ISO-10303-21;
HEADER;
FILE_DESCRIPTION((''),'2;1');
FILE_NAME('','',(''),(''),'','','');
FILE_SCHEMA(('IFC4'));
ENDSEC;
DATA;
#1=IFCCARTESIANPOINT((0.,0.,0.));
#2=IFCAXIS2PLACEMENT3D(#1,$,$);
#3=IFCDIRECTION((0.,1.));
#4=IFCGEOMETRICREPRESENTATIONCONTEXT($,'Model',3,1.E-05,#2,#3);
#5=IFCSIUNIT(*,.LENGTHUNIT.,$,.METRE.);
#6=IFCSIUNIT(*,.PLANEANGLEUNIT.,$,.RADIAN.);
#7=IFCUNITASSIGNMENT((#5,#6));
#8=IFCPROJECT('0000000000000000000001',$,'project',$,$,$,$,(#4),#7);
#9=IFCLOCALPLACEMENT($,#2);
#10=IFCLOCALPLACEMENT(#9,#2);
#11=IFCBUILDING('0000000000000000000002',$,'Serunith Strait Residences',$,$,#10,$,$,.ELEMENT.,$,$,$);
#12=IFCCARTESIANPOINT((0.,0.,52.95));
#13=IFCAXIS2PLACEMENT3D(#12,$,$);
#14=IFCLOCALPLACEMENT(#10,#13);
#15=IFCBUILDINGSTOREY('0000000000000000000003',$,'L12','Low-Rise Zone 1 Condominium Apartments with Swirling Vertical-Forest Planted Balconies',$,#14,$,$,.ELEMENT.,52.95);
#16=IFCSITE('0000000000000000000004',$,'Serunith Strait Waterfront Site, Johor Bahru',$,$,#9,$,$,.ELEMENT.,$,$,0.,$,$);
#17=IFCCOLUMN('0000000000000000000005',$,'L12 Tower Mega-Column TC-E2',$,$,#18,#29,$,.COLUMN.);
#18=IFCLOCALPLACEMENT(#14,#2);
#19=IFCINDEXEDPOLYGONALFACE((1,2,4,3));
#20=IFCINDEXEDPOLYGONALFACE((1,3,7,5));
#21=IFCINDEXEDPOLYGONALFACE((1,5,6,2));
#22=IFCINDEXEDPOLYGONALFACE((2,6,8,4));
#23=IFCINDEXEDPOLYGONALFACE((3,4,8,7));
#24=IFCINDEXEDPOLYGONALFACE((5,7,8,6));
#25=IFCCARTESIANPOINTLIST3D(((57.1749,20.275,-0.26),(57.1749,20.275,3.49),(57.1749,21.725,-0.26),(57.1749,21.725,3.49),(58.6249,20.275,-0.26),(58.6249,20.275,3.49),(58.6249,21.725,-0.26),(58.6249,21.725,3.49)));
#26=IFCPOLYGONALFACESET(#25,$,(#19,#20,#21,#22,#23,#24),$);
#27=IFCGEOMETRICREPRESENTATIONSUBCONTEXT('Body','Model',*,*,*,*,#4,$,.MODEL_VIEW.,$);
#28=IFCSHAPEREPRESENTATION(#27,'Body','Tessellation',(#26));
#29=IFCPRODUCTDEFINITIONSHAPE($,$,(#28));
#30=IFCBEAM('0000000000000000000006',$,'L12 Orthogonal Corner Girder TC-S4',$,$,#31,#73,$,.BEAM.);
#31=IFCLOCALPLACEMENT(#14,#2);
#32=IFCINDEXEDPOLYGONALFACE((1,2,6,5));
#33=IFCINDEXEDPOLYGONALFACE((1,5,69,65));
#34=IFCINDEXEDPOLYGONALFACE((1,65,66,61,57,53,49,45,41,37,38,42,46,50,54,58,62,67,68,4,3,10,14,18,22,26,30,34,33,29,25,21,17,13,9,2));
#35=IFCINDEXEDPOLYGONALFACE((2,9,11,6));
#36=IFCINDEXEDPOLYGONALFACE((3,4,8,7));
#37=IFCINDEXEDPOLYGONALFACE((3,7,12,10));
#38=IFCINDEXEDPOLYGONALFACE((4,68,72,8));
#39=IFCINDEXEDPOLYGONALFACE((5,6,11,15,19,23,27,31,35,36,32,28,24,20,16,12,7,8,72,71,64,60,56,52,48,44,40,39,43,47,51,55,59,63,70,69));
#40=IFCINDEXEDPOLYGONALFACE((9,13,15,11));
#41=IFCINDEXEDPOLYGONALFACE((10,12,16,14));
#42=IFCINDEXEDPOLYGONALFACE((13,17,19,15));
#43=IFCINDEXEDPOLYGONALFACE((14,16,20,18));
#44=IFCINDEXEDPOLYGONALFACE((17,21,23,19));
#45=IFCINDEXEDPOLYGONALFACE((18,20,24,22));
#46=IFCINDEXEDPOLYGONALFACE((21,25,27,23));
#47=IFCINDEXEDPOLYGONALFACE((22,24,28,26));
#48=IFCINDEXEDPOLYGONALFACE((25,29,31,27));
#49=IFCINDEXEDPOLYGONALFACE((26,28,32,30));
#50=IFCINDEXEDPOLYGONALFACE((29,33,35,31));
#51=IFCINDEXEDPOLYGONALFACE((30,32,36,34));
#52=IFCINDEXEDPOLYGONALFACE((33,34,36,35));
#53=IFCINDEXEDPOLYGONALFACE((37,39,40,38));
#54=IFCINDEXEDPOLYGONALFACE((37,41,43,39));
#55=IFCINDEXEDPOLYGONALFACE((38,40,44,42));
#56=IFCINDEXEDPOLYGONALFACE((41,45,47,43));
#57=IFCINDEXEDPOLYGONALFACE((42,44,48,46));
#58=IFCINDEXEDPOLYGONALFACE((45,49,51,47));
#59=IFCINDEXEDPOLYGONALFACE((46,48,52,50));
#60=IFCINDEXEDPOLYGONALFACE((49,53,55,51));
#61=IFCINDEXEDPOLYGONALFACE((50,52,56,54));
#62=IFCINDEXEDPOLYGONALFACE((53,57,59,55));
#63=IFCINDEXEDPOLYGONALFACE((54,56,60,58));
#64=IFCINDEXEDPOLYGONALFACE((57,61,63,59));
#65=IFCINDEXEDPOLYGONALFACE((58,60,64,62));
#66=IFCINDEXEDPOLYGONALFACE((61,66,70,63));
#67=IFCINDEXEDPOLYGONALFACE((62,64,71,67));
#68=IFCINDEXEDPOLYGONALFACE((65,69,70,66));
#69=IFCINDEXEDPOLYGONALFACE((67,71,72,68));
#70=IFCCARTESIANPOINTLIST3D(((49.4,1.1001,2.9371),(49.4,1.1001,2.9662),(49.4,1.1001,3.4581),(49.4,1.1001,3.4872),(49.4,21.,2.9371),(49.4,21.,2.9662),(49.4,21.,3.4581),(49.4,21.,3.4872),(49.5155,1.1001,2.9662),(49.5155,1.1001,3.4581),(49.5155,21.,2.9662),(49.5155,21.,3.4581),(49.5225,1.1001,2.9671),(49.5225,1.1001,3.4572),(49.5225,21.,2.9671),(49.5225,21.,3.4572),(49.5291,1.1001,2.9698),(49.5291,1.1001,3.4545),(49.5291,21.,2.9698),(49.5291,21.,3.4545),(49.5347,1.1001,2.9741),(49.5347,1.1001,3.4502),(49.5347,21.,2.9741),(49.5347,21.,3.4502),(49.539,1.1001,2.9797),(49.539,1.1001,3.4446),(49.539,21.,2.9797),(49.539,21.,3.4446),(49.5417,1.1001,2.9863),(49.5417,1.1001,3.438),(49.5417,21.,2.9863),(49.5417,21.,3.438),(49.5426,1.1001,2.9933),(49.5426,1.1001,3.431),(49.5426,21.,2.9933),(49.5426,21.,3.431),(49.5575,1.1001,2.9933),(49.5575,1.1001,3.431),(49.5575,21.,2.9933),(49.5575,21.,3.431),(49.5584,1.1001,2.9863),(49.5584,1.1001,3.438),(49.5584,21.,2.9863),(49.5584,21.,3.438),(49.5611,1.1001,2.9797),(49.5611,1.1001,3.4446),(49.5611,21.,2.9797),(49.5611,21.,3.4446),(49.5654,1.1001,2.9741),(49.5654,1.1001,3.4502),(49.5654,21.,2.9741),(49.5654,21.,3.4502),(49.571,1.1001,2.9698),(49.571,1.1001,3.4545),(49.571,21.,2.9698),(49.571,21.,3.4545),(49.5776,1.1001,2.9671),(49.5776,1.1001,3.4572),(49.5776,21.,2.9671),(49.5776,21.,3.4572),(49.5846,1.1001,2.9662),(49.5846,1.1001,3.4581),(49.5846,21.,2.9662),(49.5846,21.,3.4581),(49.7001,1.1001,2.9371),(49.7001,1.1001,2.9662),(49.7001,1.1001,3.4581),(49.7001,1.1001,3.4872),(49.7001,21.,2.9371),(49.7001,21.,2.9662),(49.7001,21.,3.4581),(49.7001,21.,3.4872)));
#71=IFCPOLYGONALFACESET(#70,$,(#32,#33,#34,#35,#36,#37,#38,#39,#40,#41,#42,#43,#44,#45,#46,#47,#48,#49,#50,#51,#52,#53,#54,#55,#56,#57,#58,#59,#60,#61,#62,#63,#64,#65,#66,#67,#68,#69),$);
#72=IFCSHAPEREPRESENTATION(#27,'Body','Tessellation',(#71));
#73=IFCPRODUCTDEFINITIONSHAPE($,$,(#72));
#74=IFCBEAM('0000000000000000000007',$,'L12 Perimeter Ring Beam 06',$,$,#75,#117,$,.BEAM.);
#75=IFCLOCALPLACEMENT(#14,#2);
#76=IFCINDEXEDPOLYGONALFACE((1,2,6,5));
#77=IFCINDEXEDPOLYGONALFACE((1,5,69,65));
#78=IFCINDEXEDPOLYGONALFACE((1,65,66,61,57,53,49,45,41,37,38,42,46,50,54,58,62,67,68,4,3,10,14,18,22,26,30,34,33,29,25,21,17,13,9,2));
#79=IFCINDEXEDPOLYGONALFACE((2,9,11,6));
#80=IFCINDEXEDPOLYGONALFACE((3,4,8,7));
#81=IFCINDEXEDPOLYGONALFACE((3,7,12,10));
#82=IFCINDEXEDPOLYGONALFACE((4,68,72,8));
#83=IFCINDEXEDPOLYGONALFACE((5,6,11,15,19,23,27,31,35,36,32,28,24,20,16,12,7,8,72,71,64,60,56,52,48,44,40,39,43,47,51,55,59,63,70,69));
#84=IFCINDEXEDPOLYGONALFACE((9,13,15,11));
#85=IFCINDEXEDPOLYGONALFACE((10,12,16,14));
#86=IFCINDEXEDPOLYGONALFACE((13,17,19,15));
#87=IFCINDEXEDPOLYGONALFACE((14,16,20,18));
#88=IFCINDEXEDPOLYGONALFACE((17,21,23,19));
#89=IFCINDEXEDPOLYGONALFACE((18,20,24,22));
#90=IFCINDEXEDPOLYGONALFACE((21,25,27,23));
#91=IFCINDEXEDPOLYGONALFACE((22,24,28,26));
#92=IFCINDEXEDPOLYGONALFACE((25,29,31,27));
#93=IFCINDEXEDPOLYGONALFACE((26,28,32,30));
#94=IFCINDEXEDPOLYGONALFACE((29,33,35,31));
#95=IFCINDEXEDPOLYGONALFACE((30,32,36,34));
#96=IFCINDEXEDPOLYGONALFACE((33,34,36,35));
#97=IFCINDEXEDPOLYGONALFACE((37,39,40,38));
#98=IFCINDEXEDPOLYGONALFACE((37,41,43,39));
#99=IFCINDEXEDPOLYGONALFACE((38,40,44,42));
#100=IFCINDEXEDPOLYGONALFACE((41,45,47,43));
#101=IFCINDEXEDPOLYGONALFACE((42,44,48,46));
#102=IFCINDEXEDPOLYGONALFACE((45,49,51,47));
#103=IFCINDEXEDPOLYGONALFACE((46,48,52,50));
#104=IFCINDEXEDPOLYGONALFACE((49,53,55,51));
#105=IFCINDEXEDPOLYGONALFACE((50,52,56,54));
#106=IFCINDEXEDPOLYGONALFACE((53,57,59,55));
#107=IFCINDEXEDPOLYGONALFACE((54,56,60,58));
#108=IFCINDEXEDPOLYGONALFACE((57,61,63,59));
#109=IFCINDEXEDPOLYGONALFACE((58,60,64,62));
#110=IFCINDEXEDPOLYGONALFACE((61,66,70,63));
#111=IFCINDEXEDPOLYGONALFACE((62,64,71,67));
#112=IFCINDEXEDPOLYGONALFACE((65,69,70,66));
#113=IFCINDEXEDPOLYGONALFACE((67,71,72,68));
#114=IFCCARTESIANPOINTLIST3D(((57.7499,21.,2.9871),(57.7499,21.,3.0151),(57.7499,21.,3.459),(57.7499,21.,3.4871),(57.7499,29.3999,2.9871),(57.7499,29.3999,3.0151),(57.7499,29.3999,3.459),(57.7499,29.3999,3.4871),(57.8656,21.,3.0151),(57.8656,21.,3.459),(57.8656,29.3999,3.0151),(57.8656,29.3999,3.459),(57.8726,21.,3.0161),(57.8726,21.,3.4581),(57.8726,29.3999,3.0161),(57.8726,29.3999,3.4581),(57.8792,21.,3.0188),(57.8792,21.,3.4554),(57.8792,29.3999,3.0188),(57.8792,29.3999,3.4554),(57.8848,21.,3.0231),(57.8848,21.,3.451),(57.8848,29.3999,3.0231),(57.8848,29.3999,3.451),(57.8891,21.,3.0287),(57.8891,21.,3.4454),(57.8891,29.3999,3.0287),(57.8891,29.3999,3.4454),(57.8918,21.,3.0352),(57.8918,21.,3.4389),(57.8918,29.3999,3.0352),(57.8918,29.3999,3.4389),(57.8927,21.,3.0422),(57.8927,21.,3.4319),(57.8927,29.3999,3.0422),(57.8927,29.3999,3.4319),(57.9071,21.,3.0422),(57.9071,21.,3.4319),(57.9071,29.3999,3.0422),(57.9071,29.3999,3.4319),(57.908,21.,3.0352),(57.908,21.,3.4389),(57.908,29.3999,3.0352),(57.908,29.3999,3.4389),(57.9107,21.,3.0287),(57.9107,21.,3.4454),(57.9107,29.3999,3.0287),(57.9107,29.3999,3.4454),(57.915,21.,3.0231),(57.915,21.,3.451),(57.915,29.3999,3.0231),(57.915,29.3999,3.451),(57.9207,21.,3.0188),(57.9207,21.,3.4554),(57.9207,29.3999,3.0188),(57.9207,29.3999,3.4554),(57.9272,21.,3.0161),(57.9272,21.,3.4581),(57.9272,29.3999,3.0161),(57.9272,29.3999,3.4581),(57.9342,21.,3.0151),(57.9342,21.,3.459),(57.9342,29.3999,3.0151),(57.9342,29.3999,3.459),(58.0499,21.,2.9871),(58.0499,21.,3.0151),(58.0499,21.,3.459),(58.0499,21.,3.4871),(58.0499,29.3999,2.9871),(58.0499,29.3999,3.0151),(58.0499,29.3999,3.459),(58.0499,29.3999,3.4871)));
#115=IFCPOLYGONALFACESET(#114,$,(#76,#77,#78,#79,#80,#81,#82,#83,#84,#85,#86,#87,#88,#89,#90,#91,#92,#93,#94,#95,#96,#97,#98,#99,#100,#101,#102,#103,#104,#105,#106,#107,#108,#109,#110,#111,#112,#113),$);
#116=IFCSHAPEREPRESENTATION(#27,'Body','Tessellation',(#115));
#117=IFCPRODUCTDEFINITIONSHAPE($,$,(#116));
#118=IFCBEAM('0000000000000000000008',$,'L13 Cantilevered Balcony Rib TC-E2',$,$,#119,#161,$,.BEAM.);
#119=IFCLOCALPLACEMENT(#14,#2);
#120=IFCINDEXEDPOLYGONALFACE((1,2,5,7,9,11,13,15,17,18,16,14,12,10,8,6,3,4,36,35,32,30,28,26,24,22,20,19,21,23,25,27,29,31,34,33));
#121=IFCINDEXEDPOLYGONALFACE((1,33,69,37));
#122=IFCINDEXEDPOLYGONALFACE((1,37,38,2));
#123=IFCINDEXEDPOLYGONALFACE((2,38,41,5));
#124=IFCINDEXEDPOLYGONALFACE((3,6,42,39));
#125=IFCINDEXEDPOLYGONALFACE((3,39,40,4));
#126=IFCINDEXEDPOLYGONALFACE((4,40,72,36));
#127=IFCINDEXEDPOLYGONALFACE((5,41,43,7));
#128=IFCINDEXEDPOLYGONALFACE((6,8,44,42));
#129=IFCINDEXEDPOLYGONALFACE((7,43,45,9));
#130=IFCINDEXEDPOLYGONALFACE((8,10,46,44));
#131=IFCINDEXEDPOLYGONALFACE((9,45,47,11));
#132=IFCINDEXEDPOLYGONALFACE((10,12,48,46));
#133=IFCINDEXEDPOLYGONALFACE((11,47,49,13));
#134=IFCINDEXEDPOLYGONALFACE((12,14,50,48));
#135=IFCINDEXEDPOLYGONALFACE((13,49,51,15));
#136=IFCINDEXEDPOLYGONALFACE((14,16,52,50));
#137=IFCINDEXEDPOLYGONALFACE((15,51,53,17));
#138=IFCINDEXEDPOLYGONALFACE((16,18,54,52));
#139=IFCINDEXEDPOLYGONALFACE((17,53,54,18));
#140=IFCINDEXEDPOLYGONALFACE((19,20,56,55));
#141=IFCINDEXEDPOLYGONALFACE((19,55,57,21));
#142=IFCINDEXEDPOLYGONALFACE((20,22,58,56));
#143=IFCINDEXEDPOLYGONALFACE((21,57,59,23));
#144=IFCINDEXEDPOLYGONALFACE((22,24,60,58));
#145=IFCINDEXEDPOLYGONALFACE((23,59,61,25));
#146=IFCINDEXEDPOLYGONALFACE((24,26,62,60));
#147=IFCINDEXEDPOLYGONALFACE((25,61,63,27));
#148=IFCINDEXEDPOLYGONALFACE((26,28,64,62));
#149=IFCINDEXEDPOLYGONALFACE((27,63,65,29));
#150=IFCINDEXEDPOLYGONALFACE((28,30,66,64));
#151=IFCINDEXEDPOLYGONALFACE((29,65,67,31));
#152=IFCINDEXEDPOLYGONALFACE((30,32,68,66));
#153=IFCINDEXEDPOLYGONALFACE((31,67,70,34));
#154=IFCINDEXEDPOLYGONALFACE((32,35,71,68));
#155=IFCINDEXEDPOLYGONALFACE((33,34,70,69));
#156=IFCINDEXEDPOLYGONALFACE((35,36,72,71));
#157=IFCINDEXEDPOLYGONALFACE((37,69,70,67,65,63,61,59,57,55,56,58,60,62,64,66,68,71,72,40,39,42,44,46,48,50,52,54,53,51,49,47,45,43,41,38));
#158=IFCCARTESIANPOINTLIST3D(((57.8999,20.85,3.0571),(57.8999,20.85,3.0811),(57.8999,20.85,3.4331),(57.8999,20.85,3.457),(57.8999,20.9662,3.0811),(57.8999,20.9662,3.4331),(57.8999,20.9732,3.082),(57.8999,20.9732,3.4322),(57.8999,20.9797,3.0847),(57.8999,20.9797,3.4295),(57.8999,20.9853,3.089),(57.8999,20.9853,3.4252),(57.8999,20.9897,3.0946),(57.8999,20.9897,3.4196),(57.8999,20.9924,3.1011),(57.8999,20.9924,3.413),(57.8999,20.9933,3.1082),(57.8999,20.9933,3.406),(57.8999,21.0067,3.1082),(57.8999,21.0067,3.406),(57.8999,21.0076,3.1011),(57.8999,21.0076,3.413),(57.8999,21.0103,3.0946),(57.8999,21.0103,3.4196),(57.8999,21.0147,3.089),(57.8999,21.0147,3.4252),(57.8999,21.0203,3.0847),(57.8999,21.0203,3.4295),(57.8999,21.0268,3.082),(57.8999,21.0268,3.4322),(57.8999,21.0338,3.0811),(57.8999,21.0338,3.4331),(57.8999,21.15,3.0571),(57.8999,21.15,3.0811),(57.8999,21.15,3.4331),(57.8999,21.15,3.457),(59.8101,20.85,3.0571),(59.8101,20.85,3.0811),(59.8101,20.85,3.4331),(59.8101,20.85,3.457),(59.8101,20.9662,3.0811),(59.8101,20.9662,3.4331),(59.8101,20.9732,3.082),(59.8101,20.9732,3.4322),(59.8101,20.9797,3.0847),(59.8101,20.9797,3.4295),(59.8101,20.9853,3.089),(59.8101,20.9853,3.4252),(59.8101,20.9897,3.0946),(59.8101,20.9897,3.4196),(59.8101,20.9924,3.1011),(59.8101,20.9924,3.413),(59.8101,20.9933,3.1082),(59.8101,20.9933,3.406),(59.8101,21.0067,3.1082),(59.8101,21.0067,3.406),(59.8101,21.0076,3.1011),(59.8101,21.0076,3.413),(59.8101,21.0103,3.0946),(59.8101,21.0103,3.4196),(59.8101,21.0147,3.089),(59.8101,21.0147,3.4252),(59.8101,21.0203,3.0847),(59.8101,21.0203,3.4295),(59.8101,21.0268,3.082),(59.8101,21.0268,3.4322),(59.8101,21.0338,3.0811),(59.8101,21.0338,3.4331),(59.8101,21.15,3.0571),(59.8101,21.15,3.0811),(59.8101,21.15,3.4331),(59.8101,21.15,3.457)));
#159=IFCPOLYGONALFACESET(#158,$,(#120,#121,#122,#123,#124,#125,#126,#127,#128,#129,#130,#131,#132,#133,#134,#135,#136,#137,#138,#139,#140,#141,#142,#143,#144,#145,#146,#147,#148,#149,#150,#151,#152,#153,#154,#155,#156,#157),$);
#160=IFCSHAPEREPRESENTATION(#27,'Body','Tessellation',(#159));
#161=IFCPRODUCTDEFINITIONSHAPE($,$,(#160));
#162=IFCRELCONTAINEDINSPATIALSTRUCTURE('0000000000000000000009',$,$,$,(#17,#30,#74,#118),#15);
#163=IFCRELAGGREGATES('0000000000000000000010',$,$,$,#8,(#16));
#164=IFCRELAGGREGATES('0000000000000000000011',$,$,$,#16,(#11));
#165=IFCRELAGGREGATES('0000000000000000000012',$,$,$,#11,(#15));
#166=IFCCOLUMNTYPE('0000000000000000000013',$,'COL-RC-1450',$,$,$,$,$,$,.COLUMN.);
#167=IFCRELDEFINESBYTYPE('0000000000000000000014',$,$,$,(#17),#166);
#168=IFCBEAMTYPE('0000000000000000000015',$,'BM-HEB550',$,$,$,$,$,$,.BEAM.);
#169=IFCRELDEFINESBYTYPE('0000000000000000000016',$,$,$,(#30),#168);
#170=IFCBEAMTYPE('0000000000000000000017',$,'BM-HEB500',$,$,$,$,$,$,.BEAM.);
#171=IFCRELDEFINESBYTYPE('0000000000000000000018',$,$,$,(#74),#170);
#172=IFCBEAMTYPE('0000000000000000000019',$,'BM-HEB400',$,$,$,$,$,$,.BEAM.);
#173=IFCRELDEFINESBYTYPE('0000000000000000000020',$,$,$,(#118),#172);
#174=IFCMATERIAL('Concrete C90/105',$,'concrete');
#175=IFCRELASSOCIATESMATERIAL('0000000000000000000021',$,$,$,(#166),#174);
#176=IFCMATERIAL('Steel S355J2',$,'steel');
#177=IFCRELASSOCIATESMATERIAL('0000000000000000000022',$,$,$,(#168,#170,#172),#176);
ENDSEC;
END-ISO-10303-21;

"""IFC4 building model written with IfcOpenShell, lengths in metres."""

from ifc_helpers import new_model, si_unit, direction, frame, origin, origin_2d, place, context, subcontext, project, spatial, rectangle, i_section, extrude, source, transform, mapped, material, material_profile, profile_set, type_object, element, save


model = new_model("IFC4")

# Units and contexts
model_context = context("Model", 3, precision=1e-05, world=origin(), true_north=direction((0.0, 1.0)))
body_context = subcontext(model_context, "Body", "Model", "MODEL_VIEW")
ifc_project = project(units=[si_unit("LENGTHUNIT", "METRE"), si_unit("PLANEANGLEUNIT", "RADIAN")], contexts=[model_context])

# Site, building, storey
site_placement = place(None, origin())
site = spatial("IfcSite", under=ifc_project, at=site_placement, Name="Serunith Strait Waterfront Site, Johor Bahru", CompositionType="ELEMENT", RefElevation=0.0)
building_placement = place(site_placement, origin())
building = spatial("IfcBuilding", under=site, at=building_placement, Name="Serunith Strait Residences", CompositionType="ELEMENT")
storey_placement = place(building_placement, frame((0.0, 0.0, 52.95)))
storey = spatial("IfcBuildingStorey", under=building, at=storey_placement, Name="L12", Description="Low-Rise Zone 1 Condominium Apartments with Swirling Vertical-Forest Planted Balconies", CompositionType="ELEMENT", Elevation=52.95)

# Column
ifc_material_1 = material(Name="Concrete C90/105", Category="concrete")
ifc_material_profile_1 = material_profile(ifc_material_1, rectangle(XDim=1.45, YDim=1.45, at=origin_2d()), Name="RC 1450x1450")
ifc_profile_set_1 = profile_set([ifc_material_profile_1], Name="Concrete C90/105")
column_type = type_object("IfcColumnType", Name="COL-RC-1450", PredefinedType="COLUMN", material=ifc_profile_set_1)
shared_shape_1 = source(origin(), body_context, "Body", "SweptSolid", [
    extrude(rectangle(XDim=1.45, YDim=1.45, at=origin_2d()), origin(), (0.0, 0.0, 1.0), 3.75),
])
column_placement = place(storey_placement, frame((57.8999, 21.0, -0.26), z_axis=(0.0, 0.0, 1.0), x_axis=(1.0, 0.0, 0.0)))
element("IfcColumn", 1, at=column_placement, inside=storey, type_object=column_type, Name="L12 Tower Mega-Column TC-E2", PredefinedType="COLUMN", context=body_context, shape_type="MappedRepresentation", body=[
    mapped(shared_shape_1, transform((0.0, 0.0, 0.0), scale=1.0)),
])

# Beams
ifc_material_2 = material(Name="Steel S355J2", Category="steel")
ifc_material_profile_2 = material_profile(ifc_material_2, i_section(OverallWidth=0.3, OverallDepth=0.55, WebThickness=0.0149, FlangeThickness=0.0291, FilletRadius=0.0271, at=origin_2d()), Name="HEB 550")
ifc_profile_set_2 = profile_set([ifc_material_profile_2], Name="Steel S355J2")
beam_type_1 = type_object("IfcBeamType", Name="BM-HEB550", PredefinedType="BEAM", material=ifc_profile_set_2)
shared_shape_2 = source(origin(), body_context, "Body", "SweptSolid", [
    extrude(i_section(OverallWidth=0.3, OverallDepth=0.55, WebThickness=0.0149, FlangeThickness=0.0291, FilletRadius=0.0271, at=origin_2d()), origin(), (0.0, 0.0, 1.0), 19.8999),
])
beam_1_placement = place(storey_placement, frame((49.55, 21.0, 3.2122), z_axis=(0.0, -1.0, 0.0), x_axis=(1.0, 0.0, 0.0)))
element("IfcBeam", 2, at=beam_1_placement, inside=storey, type_object=beam_type_1, Name="L12 Orthogonal Corner Girder TC-S4", PredefinedType="BEAM", context=body_context, shape_type="MappedRepresentation", body=[
    mapped(shared_shape_2, transform((0.0, 0.0, 0.0), scale=1.0)),
])
ifc_material_profile_3 = material_profile(ifc_material_2, i_section(OverallWidth=0.3, OverallDepth=0.5, WebThickness=0.0144, FlangeThickness=0.0281, FilletRadius=0.0271, at=origin_2d()), Name="HEB 500")
ifc_profile_set_3 = profile_set([ifc_material_profile_3], Name="Steel S355J2")
beam_type_2 = type_object("IfcBeamType", Name="BM-HEB500", PredefinedType="BEAM", material=ifc_profile_set_3)
shared_shape_3 = source(origin(), body_context, "Body", "SweptSolid", [
    extrude(i_section(OverallWidth=0.3, OverallDepth=0.5, WebThickness=0.0144, FlangeThickness=0.0281, FilletRadius=0.0271, at=origin_2d()), origin(), (0.0, 0.0, 1.0), 8.3999),
])
beam_2_placement = place(storey_placement, frame((57.8999, 21.0, 3.2371), z_axis=(0.0, 1.0, 0.0), x_axis=(-1.0, 0.0, 0.0)))
element("IfcBeam", 3, at=beam_2_placement, inside=storey, type_object=beam_type_2, Name="L12 Perimeter Ring Beam 06", PredefinedType="BEAM", context=body_context, shape_type="MappedRepresentation", body=[
    mapped(shared_shape_3, transform((0.0, 0.0, 0.0), scale=1.0)),
])
ifc_material_profile_4 = material_profile(ifc_material_2, i_section(OverallWidth=0.3, OverallDepth=0.3999, WebThickness=0.0134, FlangeThickness=0.0239, FilletRadius=0.0271, at=origin_2d()), Name="HEB 400")
ifc_profile_set_4 = profile_set([ifc_material_profile_4], Name="Steel S355J2")
beam_type_3 = type_object("IfcBeamType", Name="BM-HEB400", PredefinedType="BEAM", material=ifc_profile_set_4)
shared_shape_4 = source(origin(), body_context, "Body", "SweptSolid", [
    extrude(i_section(OverallWidth=0.3, OverallDepth=0.3999, WebThickness=0.0134, FlangeThickness=0.0239, FilletRadius=0.0271, at=origin_2d()), origin(), (0.0, 0.0, 1.0), 1.9102),
])
beam_3_placement = place(storey_placement, frame((57.8999, 21.0, 3.2571), z_axis=(1.0, 0.0, 0.0), x_axis=(0.0, 1.0, 0.0)))
element("IfcBeam", 4, at=beam_3_placement, inside=storey, type_object=beam_type_3, Name="L13 Cantilevered Balcony Rib TC-E2", PredefinedType="BEAM", context=body_context, shape_type="MappedRepresentation", body=[
    mapped(shared_shape_4, transform((0.0, 0.0, 0.0), scale=1.0)),
])

save(model, "model.ifc")
